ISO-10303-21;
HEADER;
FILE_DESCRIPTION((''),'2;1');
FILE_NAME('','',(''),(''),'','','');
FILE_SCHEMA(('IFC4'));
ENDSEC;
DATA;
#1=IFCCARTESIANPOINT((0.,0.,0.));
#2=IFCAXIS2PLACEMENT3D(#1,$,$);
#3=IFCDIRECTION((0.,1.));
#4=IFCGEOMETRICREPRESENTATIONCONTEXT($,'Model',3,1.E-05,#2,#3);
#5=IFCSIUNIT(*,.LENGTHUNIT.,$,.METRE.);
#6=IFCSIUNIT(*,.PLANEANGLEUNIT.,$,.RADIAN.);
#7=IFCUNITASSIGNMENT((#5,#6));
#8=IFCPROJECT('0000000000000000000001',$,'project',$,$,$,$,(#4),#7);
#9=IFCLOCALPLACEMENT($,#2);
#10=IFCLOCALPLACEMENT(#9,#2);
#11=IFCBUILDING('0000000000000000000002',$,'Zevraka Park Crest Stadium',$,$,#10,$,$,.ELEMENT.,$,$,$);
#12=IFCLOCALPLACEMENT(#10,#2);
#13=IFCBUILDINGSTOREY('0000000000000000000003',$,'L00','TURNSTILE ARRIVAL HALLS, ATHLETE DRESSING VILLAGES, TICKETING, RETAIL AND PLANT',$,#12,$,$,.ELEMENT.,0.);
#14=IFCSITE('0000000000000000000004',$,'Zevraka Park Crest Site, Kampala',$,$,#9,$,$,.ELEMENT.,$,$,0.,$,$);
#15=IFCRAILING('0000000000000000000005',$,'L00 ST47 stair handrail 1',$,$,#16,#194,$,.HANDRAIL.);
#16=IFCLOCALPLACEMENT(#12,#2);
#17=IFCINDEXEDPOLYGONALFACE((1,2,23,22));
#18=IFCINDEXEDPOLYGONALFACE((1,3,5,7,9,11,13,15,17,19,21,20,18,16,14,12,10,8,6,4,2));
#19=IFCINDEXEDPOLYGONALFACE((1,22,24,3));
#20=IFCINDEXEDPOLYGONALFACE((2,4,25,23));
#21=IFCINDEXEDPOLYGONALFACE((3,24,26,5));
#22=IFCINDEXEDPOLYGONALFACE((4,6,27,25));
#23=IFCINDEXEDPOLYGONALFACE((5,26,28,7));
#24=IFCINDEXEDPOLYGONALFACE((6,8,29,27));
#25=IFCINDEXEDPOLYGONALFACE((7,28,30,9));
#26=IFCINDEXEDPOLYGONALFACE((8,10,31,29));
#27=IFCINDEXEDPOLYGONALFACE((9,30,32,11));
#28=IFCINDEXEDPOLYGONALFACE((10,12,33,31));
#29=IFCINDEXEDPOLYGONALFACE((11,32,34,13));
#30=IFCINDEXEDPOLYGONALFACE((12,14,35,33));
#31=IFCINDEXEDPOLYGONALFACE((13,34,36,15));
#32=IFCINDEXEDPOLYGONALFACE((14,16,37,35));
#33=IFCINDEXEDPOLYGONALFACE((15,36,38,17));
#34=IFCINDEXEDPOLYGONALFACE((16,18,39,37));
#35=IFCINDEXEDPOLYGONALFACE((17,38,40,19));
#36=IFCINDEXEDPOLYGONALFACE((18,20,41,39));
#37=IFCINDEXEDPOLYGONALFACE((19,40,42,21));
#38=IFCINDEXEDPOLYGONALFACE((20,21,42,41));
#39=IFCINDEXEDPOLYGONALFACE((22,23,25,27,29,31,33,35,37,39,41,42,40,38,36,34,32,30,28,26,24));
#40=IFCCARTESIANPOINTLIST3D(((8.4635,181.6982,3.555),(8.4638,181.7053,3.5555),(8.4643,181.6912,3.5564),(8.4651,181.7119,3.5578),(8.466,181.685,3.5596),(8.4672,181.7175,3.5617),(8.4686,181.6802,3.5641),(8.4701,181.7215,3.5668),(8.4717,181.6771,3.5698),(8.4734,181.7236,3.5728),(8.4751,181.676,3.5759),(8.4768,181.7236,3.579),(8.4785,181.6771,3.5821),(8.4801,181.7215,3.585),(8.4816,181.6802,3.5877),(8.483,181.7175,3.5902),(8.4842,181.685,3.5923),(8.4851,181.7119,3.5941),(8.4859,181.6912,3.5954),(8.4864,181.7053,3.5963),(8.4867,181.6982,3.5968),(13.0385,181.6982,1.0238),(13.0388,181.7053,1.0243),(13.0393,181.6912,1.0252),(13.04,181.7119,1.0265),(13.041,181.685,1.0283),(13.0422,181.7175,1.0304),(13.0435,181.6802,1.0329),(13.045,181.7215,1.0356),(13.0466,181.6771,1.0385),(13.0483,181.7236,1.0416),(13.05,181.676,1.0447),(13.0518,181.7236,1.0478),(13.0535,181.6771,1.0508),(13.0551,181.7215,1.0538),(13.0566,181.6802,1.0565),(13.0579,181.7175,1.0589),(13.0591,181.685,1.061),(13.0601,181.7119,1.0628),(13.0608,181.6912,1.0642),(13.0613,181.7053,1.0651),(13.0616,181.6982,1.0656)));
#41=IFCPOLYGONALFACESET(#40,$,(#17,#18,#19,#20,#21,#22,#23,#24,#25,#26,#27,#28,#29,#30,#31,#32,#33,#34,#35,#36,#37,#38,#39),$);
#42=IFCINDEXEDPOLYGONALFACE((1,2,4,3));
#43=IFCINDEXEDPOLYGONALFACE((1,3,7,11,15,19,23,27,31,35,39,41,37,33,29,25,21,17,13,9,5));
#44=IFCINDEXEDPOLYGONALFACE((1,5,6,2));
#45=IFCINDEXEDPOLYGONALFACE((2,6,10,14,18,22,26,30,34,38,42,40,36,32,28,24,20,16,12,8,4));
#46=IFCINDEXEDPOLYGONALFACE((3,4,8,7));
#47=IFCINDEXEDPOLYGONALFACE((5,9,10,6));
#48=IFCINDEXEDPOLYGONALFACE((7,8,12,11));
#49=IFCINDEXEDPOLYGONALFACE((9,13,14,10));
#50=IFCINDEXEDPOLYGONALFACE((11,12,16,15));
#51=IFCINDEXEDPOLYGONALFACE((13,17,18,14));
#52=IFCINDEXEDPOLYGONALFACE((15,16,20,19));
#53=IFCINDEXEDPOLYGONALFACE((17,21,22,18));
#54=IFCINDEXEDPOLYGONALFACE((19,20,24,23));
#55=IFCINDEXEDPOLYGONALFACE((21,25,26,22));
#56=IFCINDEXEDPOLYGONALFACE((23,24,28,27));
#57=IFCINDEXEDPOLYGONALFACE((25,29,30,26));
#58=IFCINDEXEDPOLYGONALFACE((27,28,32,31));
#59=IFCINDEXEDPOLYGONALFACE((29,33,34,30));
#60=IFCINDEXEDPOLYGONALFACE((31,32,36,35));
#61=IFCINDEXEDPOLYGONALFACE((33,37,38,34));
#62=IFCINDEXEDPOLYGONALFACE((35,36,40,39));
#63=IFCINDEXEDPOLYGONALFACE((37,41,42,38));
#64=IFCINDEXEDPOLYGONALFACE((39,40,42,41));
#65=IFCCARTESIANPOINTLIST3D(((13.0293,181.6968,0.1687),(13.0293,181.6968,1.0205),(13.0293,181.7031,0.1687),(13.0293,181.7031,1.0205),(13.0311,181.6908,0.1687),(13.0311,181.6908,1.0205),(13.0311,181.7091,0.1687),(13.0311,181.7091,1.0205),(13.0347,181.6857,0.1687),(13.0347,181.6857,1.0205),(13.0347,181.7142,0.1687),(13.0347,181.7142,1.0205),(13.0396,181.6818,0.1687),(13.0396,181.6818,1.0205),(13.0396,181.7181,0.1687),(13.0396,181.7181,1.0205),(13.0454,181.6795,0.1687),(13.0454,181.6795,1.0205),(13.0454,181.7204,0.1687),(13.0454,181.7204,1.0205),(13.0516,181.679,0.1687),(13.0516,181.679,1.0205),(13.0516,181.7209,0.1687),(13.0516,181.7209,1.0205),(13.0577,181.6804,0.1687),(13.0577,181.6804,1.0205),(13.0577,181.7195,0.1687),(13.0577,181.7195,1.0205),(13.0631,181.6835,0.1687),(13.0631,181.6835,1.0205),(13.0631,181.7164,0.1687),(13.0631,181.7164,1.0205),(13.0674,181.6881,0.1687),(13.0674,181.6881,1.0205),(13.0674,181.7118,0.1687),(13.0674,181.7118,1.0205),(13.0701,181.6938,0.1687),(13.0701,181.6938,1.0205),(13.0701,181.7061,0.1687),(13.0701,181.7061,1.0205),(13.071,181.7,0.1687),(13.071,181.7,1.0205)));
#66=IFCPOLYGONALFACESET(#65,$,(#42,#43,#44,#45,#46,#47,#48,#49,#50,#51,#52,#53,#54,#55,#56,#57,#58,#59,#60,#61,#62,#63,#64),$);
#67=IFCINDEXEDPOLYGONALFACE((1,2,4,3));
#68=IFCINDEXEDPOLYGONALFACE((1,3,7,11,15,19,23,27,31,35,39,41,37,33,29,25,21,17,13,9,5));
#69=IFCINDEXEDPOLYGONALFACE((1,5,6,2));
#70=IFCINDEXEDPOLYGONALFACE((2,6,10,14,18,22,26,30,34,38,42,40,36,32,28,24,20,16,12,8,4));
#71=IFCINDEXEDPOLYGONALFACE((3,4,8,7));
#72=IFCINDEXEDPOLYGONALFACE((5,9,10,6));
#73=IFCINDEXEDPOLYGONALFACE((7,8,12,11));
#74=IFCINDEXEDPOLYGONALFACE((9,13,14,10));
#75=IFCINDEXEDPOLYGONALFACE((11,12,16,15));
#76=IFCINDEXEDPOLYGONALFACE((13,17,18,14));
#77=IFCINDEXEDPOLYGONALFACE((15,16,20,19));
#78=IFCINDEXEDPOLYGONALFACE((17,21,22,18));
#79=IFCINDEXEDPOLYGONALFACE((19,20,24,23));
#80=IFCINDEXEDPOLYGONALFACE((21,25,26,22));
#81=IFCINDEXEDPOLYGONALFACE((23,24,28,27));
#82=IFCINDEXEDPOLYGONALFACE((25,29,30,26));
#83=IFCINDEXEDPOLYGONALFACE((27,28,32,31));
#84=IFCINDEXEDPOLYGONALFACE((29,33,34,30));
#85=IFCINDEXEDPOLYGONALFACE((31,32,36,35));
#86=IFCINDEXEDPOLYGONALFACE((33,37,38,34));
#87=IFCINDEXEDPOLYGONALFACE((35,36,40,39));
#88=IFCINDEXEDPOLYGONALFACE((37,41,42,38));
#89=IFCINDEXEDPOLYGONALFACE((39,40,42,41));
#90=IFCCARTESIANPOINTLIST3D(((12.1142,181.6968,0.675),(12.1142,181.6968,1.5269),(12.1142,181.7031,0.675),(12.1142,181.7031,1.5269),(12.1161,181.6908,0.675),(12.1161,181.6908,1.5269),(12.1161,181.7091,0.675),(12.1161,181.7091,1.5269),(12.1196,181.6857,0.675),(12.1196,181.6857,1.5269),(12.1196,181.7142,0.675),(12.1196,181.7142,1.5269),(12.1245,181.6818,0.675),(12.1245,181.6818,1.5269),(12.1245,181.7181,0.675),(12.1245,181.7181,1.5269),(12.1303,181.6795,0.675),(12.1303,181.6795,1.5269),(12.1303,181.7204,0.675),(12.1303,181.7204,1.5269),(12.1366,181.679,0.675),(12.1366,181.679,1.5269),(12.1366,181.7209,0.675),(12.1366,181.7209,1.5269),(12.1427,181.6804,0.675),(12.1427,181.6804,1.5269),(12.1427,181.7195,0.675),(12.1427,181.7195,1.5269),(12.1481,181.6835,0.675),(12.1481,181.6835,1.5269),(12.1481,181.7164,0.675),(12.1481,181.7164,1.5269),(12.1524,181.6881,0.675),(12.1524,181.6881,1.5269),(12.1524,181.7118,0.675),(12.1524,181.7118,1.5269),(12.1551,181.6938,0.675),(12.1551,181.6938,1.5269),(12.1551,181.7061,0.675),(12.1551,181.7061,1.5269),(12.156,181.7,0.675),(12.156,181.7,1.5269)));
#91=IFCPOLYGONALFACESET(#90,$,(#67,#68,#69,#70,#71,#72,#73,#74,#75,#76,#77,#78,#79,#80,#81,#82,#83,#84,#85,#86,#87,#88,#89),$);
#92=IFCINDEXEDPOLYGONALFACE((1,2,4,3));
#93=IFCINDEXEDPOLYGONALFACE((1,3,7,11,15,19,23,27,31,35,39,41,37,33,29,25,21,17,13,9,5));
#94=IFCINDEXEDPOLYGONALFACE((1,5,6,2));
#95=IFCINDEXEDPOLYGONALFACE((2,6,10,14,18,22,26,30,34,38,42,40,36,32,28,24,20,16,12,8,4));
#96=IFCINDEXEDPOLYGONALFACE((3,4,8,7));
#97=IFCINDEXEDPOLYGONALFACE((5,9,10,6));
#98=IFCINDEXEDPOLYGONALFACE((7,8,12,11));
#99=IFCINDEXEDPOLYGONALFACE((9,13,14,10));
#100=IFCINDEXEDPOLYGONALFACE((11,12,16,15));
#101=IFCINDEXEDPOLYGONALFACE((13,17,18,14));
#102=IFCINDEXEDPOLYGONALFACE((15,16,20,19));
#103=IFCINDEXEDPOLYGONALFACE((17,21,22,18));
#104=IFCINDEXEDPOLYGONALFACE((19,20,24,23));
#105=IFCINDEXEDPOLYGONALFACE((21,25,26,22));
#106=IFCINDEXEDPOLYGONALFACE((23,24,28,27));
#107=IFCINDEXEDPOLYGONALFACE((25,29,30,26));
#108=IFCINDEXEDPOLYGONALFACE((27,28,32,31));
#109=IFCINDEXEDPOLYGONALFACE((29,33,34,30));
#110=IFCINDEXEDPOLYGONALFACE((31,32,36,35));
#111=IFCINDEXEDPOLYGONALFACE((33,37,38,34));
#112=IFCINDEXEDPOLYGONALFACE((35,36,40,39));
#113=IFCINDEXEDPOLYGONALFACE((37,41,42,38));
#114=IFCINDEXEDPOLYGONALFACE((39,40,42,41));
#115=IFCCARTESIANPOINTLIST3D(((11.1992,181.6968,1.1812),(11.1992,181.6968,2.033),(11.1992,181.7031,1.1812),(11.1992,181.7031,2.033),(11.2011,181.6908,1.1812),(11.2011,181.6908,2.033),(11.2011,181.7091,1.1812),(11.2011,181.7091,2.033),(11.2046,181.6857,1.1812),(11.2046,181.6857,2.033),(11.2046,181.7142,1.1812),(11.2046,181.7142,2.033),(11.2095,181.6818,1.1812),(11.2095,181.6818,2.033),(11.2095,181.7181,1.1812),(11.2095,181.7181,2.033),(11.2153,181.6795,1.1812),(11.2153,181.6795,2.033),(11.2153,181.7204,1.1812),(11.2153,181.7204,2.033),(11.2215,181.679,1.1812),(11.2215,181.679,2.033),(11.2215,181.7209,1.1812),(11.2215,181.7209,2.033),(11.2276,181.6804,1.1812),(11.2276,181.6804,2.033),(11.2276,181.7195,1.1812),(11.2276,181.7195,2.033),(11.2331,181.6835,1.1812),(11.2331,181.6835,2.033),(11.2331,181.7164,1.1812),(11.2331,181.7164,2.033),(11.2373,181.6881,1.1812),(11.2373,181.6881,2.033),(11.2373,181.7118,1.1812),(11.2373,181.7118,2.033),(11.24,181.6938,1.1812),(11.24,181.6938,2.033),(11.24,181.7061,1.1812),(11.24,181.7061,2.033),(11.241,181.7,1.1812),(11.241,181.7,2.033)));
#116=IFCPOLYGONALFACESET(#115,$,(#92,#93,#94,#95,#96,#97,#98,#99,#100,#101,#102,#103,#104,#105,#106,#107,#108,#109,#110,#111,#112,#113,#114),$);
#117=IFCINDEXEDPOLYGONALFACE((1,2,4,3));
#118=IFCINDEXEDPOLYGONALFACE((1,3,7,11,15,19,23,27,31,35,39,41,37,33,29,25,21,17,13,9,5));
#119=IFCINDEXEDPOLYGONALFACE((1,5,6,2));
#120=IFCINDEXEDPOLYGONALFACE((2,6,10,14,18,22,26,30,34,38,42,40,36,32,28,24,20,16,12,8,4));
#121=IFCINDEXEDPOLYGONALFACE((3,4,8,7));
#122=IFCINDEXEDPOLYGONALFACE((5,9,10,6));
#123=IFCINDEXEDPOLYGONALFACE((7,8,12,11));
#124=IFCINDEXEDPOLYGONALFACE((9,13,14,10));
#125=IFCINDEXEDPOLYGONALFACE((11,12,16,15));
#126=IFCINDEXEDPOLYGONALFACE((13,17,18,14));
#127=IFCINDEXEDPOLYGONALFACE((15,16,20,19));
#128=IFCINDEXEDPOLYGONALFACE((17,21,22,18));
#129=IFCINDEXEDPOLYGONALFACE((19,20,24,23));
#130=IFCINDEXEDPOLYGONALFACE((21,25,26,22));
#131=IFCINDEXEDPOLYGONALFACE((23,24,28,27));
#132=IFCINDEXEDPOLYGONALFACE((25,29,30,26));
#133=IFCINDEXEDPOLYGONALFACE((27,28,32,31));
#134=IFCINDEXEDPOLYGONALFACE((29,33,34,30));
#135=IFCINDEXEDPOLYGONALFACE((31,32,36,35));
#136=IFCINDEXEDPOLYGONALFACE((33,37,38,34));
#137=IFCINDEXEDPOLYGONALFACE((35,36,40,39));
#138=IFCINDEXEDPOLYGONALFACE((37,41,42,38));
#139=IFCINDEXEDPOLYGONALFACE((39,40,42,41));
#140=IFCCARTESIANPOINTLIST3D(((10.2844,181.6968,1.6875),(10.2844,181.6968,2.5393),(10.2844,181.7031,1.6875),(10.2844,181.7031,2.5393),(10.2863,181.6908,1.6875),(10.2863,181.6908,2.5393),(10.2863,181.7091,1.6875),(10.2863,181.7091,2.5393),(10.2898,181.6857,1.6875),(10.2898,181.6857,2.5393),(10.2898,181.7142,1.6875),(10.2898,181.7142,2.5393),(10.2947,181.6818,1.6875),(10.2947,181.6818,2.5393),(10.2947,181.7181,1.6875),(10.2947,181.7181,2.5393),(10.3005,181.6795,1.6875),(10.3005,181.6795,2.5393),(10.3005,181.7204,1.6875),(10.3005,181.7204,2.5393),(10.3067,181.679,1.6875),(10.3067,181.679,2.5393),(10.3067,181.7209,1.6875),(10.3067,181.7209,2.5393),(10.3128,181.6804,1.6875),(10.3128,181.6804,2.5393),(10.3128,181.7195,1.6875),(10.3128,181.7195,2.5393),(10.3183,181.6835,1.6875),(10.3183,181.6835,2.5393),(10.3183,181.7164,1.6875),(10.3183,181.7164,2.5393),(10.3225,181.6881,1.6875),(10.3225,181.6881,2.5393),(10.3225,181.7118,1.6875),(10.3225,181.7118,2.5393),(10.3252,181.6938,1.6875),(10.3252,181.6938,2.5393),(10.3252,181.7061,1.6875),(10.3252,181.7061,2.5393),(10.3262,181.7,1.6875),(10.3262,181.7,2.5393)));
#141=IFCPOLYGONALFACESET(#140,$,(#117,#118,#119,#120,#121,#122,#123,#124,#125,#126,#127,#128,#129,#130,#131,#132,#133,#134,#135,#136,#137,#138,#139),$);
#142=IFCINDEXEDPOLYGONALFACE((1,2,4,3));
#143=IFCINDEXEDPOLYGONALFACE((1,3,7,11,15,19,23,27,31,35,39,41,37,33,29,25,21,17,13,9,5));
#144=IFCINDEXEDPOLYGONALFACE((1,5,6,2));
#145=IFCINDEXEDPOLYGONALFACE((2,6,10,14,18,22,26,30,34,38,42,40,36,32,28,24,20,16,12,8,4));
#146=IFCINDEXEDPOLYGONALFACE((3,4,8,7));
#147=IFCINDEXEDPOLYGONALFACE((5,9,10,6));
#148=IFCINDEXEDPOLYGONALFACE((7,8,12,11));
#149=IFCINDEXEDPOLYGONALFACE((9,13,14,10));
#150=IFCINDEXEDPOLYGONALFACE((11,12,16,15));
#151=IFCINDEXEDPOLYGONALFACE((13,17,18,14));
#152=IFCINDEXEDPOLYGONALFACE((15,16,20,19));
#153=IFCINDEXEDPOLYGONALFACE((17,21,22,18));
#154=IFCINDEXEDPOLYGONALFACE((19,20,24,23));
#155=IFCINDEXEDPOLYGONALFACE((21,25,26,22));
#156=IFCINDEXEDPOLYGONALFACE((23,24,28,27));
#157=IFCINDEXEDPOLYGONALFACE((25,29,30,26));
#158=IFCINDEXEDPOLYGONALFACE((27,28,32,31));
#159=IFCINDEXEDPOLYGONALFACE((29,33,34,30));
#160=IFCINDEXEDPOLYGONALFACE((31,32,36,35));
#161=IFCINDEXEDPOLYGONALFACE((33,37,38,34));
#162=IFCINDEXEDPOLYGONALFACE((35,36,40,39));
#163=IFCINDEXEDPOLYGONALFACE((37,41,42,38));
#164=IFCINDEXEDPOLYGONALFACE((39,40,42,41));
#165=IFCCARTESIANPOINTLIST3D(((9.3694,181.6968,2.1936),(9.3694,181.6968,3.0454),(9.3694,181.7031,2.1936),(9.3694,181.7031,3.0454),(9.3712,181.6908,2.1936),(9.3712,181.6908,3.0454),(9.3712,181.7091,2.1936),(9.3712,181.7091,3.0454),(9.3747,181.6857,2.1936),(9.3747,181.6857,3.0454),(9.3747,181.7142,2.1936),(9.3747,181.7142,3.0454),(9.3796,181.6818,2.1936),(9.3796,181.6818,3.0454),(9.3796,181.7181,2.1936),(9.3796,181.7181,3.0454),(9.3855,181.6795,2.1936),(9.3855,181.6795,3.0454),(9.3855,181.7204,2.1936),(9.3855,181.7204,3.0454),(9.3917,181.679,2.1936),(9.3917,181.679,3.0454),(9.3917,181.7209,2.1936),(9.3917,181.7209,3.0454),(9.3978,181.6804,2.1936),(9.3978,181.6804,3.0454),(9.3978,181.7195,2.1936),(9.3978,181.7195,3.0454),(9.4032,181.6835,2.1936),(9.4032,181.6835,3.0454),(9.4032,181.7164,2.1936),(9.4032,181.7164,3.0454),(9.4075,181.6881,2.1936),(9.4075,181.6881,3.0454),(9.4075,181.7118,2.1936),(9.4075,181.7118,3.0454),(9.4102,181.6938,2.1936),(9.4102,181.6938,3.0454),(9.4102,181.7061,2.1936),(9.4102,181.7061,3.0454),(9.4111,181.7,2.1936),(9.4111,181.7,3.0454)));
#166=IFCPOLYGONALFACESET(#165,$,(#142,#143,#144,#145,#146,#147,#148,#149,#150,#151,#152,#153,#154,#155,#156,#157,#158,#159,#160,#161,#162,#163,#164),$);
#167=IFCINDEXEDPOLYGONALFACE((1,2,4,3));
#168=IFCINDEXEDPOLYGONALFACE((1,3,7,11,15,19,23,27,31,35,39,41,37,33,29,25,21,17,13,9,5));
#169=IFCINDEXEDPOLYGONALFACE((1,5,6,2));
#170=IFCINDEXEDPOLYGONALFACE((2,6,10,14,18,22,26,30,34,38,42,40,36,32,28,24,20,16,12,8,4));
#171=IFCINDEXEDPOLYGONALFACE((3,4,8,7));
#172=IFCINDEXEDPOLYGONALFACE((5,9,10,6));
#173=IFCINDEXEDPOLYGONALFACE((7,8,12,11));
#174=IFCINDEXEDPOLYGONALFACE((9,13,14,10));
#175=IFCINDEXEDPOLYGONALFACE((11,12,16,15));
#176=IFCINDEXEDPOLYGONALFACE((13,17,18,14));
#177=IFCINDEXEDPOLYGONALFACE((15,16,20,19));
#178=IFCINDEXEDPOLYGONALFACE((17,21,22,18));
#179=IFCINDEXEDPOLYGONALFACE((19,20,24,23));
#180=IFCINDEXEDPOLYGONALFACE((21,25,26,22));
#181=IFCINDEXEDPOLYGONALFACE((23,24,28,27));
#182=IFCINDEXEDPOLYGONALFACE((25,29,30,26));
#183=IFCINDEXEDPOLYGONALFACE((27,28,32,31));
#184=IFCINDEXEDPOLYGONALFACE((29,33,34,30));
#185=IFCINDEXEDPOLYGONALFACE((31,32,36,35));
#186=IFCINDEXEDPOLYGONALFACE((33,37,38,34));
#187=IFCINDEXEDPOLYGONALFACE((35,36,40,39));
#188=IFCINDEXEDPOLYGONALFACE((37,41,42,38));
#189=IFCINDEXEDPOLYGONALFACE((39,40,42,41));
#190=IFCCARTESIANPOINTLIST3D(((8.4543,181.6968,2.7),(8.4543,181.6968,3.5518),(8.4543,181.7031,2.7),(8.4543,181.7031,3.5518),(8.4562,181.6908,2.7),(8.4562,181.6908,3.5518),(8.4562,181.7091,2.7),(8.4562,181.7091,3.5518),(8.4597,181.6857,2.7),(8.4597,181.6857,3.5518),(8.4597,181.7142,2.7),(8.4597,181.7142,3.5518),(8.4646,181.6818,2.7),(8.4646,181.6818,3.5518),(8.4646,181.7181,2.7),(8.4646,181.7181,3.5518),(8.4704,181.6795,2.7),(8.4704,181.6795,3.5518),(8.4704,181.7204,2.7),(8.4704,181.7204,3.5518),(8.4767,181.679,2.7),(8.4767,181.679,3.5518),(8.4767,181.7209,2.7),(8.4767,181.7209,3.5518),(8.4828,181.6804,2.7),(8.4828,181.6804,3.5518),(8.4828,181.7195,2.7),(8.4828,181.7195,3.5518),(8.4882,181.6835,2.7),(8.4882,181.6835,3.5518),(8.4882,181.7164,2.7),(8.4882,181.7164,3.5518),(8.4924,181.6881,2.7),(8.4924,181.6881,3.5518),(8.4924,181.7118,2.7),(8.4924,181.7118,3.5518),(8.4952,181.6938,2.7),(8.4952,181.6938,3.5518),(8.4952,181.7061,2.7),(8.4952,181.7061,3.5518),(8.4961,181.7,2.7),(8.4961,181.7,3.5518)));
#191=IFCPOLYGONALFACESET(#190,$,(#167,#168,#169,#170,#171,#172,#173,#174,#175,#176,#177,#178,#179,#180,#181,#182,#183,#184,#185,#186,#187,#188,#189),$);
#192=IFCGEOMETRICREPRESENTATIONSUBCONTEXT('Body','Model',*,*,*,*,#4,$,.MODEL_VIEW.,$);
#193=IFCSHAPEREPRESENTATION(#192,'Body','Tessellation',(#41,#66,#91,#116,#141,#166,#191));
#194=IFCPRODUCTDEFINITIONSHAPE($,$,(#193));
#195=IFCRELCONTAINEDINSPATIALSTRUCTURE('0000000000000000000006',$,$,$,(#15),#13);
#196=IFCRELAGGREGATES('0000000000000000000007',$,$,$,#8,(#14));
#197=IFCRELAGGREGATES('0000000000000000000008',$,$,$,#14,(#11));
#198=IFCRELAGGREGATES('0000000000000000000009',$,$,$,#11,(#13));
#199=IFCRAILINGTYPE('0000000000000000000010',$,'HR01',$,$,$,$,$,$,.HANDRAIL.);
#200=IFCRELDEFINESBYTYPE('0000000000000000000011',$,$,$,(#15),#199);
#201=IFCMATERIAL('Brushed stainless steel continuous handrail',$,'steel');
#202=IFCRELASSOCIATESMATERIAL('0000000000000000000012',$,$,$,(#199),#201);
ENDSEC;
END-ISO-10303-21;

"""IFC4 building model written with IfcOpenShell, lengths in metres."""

from ifc_helpers import new_model, si_unit, direction, frame, origin, origin_2d, place, context, subcontext, project, spatial, circle, extrude, material, type_object, element, save


model = new_model("IFC4")

# Units and contexts
model_context = context("Model", 3, precision=1e-05, world=origin(), true_north=direction((0.0, 1.0)))
body_context = subcontext(model_context, "Body", "Model", "MODEL_VIEW")
ifc_project = project(units=[si_unit("LENGTHUNIT", "METRE"), si_unit("PLANEANGLEUNIT", "RADIAN")], contexts=[model_context])

# Site, building, storey
site_placement = place(None, origin())
site = spatial("IfcSite", under=ifc_project, at=site_placement, Name="Zevraka Park Crest Site, Kampala", CompositionType="ELEMENT", RefElevation=0.0)
building_placement = place(site_placement, origin())
building = spatial("IfcBuilding", under=site, at=building_placement, Name="Zevraka Park Crest Stadium", CompositionType="ELEMENT")
storey_placement = place(building_placement, origin())
storey = spatial("IfcBuildingStorey", under=building, at=storey_placement, Name="L00", Description="TURNSTILE ARRIVAL HALLS, ATHLETE DRESSING VILLAGES, TICKETING, RETAIL AND PLANT", CompositionType="ELEMENT", Elevation=0.0)

# Railing
ifc_material_1 = material(Name="Brushed stainless steel continuous handrail", Category="steel")
railing_type_1 = type_object("IfcRailingType", Name="HR01", PredefinedType="HANDRAIL", material=ifc_material_1)
railing_1_placement = place(storey_placement, frame((13.05, 181.7, 0.1687)))
element("IfcRailing", 1, at=railing_1_placement, inside=storey, type_object=railing_type_1, Name="L00 ST47 stair handrail 1", PredefinedType="HANDRAIL", context=body_context, shape_type="SweptSolid", body=[
    extrude(circle(Radius=0.0239, at=origin_2d()), frame((0.0, 0.0, 0.876), z_axis=(-0.875, 0.0, 0.484124), x_axis=(0.0, -1.0, 0.0)), (0.0, 0.0, 1.0), 5.2285),
    extrude(circle(Radius=0.021, at=origin_2d()), origin(), (0.0, 0.0, 1.0), 0.8518),
    extrude(circle(Radius=0.021, at=origin_2d()), frame((-0.915, 0.0, 0.5063)), (0.0, 0.0, 1.0), 0.8518),
    extrude(circle(Radius=0.021, at=origin_2d()), frame((-1.8301, 0.0, 1.0125)), (0.0, 0.0, 1.0), 0.8518),
    extrude(circle(Radius=0.021, at=origin_2d()), frame((-2.7449, 0.0, 1.5188)), (0.0, 0.0, 1.0), 0.8518),
    extrude(circle(Radius=0.021, at=origin_2d()), frame((-3.6599, 0.0, 2.0249)), (0.0, 0.0, 1.0), 0.8518),
    extrude(circle(Radius=0.021, at=origin_2d()), frame((-4.575, 0.0, 2.5312)), (0.0, 0.0, 1.0), 0.8518),
])

save(model, "model.ifc")
